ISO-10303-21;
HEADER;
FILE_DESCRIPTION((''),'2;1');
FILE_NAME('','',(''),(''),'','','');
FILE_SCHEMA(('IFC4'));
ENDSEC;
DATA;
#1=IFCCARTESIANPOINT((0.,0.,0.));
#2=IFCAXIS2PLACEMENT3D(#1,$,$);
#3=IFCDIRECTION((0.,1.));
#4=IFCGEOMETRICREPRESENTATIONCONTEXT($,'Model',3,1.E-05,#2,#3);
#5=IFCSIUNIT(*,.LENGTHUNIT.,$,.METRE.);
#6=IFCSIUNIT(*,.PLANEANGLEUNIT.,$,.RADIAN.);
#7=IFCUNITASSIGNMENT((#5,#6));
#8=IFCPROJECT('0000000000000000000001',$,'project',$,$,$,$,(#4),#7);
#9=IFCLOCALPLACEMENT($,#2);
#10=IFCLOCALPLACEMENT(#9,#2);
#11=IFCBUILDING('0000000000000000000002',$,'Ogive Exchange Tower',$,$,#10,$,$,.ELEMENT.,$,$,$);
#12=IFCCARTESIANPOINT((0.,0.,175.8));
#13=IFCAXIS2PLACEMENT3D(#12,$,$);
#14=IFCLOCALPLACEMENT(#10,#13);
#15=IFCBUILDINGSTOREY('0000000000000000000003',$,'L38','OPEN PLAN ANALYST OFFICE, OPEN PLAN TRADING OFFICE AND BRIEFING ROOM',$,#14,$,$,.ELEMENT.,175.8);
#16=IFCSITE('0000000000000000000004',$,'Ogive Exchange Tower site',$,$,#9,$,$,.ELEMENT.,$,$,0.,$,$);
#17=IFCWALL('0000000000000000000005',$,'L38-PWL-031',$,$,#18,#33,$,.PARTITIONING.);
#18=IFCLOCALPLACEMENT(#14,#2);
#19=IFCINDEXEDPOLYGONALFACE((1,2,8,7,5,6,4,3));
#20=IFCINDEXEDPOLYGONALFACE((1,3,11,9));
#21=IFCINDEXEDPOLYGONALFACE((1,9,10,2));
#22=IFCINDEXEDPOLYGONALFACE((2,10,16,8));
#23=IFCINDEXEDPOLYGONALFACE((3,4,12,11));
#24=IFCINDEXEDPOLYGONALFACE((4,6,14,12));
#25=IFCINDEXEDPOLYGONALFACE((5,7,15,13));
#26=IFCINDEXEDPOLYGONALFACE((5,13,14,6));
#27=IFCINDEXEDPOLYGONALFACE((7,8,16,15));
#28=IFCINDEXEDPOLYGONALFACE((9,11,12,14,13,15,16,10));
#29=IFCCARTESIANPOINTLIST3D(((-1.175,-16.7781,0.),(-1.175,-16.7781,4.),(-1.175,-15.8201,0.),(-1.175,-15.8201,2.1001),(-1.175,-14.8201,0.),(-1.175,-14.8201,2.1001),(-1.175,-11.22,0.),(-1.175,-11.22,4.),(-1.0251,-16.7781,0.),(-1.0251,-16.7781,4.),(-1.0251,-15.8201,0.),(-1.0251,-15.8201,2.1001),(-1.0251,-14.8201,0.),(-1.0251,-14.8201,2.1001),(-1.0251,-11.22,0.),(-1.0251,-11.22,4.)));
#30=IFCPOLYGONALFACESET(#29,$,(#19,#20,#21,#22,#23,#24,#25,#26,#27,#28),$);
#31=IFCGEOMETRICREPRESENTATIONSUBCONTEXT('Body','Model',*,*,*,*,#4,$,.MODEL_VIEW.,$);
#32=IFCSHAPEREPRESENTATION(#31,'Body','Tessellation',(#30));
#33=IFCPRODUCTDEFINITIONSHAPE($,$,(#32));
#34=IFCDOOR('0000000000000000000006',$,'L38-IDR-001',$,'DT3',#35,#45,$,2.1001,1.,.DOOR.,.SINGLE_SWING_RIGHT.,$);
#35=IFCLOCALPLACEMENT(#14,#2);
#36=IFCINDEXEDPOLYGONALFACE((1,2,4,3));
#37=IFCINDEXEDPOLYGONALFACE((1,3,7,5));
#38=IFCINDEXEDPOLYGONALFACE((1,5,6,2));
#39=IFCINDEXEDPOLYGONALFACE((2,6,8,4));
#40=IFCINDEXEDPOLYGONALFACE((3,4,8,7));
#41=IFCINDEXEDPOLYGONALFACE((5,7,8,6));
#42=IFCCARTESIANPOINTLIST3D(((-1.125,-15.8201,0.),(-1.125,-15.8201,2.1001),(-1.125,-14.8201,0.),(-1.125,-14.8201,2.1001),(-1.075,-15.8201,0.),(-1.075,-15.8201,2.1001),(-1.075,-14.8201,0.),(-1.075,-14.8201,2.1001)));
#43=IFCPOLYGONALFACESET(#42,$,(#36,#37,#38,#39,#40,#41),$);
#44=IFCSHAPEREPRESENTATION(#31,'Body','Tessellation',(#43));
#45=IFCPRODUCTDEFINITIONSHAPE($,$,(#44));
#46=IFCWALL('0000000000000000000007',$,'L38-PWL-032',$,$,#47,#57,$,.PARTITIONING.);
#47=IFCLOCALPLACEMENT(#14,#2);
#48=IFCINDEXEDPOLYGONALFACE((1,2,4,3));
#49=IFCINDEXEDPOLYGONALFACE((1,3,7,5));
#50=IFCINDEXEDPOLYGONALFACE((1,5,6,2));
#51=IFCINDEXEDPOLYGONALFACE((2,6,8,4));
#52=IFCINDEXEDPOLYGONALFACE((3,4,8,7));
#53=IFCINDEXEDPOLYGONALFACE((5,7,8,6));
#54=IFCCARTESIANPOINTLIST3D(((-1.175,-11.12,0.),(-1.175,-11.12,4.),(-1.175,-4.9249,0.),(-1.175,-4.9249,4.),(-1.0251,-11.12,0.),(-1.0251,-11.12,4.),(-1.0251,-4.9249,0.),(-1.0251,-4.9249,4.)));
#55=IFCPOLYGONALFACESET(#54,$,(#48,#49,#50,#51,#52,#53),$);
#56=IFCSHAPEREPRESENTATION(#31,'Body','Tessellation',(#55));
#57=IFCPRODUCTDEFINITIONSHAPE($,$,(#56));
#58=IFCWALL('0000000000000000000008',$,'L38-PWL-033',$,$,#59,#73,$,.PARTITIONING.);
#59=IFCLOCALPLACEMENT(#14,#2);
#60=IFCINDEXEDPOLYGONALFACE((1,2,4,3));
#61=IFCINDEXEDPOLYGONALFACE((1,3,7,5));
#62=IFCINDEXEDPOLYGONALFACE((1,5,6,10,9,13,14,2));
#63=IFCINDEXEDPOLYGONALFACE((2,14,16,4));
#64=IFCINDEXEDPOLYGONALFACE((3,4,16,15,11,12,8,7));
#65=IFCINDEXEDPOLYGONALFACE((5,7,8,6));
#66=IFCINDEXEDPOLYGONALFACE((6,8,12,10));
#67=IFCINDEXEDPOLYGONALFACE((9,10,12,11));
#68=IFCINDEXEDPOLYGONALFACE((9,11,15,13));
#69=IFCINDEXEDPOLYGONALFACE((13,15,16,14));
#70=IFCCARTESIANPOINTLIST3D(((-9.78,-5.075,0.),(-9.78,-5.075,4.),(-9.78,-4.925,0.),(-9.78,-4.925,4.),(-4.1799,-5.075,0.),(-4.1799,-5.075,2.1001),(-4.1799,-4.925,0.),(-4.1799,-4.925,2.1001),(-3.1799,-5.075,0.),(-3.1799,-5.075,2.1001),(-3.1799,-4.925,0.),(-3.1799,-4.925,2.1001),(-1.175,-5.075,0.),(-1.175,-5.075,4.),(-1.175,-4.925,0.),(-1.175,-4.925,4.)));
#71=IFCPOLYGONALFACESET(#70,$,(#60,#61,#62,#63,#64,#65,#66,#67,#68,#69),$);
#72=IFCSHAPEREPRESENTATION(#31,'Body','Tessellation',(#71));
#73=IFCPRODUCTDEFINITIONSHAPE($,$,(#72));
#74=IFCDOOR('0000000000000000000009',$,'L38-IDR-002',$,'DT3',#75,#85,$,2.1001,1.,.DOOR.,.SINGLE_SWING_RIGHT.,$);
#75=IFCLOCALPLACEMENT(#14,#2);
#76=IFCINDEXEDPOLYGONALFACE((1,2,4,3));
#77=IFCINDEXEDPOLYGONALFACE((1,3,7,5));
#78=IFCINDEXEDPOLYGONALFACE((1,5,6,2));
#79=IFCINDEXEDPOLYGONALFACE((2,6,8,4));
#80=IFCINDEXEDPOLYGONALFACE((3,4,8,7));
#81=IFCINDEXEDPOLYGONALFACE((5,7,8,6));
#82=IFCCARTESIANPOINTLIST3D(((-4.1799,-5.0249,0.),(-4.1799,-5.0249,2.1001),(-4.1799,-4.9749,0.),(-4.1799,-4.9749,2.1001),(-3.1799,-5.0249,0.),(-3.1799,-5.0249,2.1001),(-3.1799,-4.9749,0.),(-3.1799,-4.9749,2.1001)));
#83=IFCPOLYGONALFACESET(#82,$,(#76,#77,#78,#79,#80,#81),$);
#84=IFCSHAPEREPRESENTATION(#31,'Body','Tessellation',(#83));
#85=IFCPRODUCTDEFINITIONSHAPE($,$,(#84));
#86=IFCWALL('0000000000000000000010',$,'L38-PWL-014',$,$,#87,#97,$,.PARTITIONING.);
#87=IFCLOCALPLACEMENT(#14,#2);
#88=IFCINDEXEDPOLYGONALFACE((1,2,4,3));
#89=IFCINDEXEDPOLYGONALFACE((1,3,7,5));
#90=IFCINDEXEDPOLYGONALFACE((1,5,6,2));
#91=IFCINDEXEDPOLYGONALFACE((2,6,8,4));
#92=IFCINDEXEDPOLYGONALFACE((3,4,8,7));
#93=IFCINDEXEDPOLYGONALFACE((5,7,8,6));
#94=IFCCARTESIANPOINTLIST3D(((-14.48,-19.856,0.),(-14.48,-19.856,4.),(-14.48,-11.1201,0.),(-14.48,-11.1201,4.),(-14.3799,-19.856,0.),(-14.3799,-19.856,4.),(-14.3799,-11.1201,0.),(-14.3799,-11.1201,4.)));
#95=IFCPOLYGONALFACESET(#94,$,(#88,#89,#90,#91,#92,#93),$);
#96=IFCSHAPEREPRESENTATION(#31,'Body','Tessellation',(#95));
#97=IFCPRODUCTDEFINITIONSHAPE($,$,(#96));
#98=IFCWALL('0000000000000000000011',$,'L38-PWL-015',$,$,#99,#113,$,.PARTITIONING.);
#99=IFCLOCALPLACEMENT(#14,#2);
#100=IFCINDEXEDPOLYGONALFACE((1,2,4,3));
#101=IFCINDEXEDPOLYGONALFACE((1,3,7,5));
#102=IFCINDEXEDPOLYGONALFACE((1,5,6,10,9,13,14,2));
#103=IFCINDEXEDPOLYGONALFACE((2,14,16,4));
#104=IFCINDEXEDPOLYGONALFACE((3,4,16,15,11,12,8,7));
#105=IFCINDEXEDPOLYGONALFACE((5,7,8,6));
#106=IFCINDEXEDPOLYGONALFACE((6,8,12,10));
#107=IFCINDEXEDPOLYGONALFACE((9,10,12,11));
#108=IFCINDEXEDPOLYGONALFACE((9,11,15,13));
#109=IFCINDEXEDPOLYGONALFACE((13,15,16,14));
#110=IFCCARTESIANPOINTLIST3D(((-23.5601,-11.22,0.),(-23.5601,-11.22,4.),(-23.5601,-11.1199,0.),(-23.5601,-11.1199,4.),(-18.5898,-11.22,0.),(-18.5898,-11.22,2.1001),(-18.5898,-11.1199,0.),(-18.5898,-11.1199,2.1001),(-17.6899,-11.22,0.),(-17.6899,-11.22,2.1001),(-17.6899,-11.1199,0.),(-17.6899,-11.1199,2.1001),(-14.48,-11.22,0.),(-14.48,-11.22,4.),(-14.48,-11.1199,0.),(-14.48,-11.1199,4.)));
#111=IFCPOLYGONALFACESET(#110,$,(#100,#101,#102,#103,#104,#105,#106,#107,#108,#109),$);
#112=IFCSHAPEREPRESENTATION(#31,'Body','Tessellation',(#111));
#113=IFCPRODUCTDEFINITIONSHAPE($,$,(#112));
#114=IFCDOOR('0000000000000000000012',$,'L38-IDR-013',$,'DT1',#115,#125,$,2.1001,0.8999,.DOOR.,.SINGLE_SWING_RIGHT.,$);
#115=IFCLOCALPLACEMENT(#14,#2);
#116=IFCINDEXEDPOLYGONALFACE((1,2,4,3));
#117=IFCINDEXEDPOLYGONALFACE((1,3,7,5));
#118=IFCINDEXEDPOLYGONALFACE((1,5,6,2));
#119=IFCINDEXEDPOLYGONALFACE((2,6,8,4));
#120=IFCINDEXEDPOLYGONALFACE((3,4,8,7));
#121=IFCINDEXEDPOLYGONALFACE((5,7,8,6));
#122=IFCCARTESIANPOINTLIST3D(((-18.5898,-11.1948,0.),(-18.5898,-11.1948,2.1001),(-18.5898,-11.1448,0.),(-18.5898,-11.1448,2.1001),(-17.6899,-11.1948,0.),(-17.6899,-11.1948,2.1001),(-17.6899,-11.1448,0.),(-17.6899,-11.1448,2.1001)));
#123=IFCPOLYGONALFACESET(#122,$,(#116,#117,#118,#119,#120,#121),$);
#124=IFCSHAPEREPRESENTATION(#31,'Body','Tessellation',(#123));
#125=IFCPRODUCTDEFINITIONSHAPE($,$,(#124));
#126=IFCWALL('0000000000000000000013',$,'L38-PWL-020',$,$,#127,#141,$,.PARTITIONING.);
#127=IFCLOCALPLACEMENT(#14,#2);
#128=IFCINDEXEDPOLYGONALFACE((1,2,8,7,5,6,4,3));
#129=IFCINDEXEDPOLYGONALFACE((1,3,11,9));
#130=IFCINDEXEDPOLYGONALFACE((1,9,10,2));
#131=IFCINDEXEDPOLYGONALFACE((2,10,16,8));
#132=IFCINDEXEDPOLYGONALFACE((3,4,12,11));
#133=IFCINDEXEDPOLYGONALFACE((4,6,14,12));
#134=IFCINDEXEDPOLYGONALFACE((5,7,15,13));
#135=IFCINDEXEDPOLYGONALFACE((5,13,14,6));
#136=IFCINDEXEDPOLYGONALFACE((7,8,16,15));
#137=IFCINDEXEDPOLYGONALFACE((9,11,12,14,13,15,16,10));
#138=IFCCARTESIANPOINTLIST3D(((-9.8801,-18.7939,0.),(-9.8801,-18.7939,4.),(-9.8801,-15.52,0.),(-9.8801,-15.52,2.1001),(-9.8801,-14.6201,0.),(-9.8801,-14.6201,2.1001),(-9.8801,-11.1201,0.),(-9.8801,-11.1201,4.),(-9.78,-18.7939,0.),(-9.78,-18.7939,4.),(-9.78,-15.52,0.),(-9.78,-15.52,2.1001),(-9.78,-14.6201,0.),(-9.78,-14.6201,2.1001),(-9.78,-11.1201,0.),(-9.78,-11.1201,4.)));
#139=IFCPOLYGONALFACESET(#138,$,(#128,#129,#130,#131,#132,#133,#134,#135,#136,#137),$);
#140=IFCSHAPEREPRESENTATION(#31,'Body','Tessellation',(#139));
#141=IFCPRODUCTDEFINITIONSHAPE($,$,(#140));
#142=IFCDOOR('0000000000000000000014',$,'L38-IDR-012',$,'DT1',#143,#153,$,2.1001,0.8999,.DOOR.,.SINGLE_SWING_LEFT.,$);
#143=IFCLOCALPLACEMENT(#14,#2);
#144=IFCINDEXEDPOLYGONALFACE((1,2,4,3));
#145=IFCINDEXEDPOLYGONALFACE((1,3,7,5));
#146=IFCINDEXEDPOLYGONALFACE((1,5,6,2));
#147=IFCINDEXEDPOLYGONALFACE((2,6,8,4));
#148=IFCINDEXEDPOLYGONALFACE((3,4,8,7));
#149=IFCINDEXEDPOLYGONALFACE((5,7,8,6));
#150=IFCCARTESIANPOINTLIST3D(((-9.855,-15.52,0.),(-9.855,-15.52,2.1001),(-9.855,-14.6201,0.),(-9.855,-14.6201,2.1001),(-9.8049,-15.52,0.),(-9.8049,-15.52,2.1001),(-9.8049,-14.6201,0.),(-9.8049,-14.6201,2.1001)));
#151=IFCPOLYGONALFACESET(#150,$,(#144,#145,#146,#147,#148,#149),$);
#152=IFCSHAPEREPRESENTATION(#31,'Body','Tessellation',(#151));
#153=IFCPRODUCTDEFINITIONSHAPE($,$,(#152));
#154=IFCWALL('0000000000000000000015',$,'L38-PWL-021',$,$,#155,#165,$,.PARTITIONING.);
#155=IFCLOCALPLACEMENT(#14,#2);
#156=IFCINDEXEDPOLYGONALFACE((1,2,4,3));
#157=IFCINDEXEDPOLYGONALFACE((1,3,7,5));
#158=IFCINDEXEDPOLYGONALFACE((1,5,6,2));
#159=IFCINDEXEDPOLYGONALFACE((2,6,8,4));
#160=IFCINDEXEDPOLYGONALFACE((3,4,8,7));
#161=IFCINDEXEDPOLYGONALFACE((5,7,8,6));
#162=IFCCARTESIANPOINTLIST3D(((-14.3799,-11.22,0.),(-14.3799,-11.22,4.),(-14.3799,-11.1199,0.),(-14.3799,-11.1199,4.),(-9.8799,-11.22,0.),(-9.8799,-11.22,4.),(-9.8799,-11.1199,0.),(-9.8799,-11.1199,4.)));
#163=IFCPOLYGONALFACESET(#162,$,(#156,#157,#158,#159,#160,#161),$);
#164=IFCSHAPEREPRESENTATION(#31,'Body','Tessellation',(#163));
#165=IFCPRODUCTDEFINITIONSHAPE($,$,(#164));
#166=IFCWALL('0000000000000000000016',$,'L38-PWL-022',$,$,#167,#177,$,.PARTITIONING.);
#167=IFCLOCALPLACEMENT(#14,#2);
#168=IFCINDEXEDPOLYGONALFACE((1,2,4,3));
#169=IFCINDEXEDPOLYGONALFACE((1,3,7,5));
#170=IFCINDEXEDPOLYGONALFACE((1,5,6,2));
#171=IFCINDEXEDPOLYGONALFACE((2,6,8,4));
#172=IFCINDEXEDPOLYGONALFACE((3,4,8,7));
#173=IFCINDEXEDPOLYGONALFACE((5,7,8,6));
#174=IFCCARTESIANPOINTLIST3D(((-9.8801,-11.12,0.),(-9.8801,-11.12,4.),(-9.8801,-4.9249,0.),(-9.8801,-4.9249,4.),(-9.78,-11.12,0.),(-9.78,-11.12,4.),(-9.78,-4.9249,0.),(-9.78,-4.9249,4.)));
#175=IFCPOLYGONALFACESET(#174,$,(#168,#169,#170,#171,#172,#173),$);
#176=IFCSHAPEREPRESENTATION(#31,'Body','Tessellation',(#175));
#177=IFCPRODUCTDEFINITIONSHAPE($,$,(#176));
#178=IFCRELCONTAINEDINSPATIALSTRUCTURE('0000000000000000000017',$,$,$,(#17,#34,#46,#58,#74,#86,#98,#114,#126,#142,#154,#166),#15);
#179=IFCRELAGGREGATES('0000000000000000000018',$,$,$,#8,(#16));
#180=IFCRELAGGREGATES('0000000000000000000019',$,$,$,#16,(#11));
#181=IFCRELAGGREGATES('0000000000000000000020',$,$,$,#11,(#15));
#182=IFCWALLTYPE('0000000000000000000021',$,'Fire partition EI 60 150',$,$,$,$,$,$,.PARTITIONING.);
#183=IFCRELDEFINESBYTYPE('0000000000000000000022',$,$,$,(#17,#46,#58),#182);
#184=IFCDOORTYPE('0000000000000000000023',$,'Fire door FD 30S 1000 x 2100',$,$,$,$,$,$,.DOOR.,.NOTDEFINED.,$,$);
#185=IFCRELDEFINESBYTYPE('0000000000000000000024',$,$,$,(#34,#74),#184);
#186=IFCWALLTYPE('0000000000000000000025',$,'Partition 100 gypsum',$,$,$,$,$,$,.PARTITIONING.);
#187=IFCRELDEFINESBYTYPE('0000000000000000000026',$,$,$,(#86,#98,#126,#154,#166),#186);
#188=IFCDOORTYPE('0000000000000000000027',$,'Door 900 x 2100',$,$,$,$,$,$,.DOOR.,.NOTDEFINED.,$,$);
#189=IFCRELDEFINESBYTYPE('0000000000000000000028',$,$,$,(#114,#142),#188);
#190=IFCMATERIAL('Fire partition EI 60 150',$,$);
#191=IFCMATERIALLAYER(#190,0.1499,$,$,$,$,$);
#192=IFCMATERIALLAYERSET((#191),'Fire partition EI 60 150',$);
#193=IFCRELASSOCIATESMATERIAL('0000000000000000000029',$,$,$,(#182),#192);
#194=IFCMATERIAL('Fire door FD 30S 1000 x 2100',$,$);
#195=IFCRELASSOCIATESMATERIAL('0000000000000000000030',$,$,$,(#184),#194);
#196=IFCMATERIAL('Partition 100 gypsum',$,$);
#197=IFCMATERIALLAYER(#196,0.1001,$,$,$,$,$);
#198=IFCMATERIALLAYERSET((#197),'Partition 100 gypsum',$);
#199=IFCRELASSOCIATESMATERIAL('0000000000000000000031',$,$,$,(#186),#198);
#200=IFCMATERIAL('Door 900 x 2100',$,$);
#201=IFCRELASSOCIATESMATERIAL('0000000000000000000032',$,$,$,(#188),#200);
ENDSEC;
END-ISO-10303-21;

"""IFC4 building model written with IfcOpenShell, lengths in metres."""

from ifc_helpers import new_model, si_unit, direction, frame, frame_2d, origin, place, context, subcontext, project, spatial, rectangle, extrude, material, layer, layer_set, type_object, element, fill, save


model = new_model("IFC4")

# Units and contexts
model_context = context("Model", 3, precision=1e-05, world=origin(), true_north=direction((0.0, 1.0)))
body_context = subcontext(model_context, "Body", "Model", "MODEL_VIEW")
ifc_project = project(units=[si_unit("LENGTHUNIT", "METRE"), si_unit("PLANEANGLEUNIT", "RADIAN")], contexts=[model_context])

# Site, building, storey
site_placement = place(None, origin())
site = spatial("IfcSite", under=ifc_project, at=site_placement, Name="Ogive Exchange Tower site", CompositionType="ELEMENT", RefElevation=0.0)
building_placement = place(site_placement, origin())
building = spatial("IfcBuilding", under=site, at=building_placement, Name="Ogive Exchange Tower", CompositionType="ELEMENT")
storey_placement = place(building_placement, frame((0.0, 0.0, 175.8)))
storey = spatial("IfcBuildingStorey", under=building, at=storey_placement, Name="L38", Description="OPEN PLAN ANALYST OFFICE, OPEN PLAN TRADING OFFICE AND BRIEFING ROOM", CompositionType="ELEMENT", Elevation=175.8)

# Wall, opening, door
ifc_material_1 = material(Name="Fire partition EI 60 150")
ifc_layer_1 = layer(ifc_material_1, 0.1499)
ifc_layer_set_1 = layer_set([ifc_layer_1], Name="Fire partition EI 60 150")
wall_type_1 = type_object("IfcWallType", Name="Fire partition EI 60 150", PredefinedType="PARTITIONING", material=ifc_layer_set_1)
ifc_material_2 = material(Name="Fire door FD 30S 1000 x 2100")
door_type_1 = type_object("IfcDoorType", Name="Fire door FD 30S 1000 x 2100", OperationType="NOTDEFINED", PredefinedType="DOOR", material=ifc_material_2)
wall_1_placement = place(storey_placement, frame((-1.1001, -16.7781, 0.0), z_axis=(0.0, 0.0, 1.0), x_axis=(0.0, 1.0, 0.0)))
wall_1 = element("IfcWall", 1, at=wall_1_placement, inside=storey, type_object=wall_type_1, Name="L38-PWL-031", PredefinedType="PARTITIONING", context=body_context, shape_type="SweptSolid", body=[
    extrude(rectangle(XDim=5.5581, YDim=0.1499, at=frame_2d((2.7791, 0.0))), origin(), (0.0, 0.0, 1.0), 4.0),
])
opening_1_placement = place(wall_1_placement, frame((0.958, 0.0, 0.0)))
opening_1 = element("IfcOpeningElement", 2, at=opening_1_placement, cuts=wall_1, PredefinedType="OPENING", context=body_context, shape_type="SweptSolid", body=[
    extrude(rectangle(XDim=1.0, YDim=2.1001, at=frame_2d((0.5, 1.05))), frame((0.0, 0.085, 0.0), z_axis=(0.0, -1.0, 0.0), x_axis=(1.0, 0.0, 0.0)), (0.0, 0.0, 1.0), 0.1699),
])
door_1_placement = place(opening_1_placement, origin())
door_1 = element("IfcDoor", 3, at=door_1_placement, inside=storey, type_object=door_type_1, Name="L38-IDR-001", ObjectType="DT3", OperationType="SINGLE_SWING_RIGHT", OverallHeight=2.1001, OverallWidth=1.0, PredefinedType="DOOR", context=body_context, shape_type="SweptSolid", body=[
    extrude(rectangle(XDim=1.0, YDim=2.1001, at=frame_2d((0.5, 1.05))), frame((0.0, 0.0249, 0.0), z_axis=(0.0, -1.0, 0.0), x_axis=(1.0, 0.0, 0.0)), (0.0, 0.0, 1.0), 0.05),
])
fill(opening_1, door_1)

# Wall
wall_2_placement = place(storey_placement, frame((-1.1001, -11.1201, 0.0), z_axis=(0.0, 0.0, 1.0), x_axis=(0.0, 1.0, 0.0)))
element("IfcWall", 4, at=wall_2_placement, inside=storey, type_object=wall_type_1, Name="L38-PWL-032", PredefinedType="PARTITIONING", context=body_context, shape_type="SweptSolid", body=[
    extrude(rectangle(XDim=6.1951, YDim=0.1499, at=frame_2d((3.0977, 0.0))), origin(), (0.0, 0.0, 1.0), 4.0),
])

# Wall, opening, door
wall_3_placement = place(storey_placement, frame((-1.175, -5.0, 0.0), z_axis=(0.0, 0.0, 1.0), x_axis=(-1.0, 0.0, 0.0)))
wall_3 = element("IfcWall", 5, at=wall_3_placement, inside=storey, type_object=wall_type_1, Name="L38-PWL-033", PredefinedType="PARTITIONING", context=body_context, shape_type="SweptSolid", body=[
    extrude(rectangle(XDim=8.605, YDim=0.1499, at=frame_2d((4.3025, 0.0))), origin(), (0.0, 0.0, 1.0), 4.0),
])
opening_2_placement = place(wall_3_placement, frame((2.0049, 0.0, 0.0)))
opening_2 = element("IfcOpeningElement", 6, at=opening_2_placement, cuts=wall_3, PredefinedType="OPENING", context=body_context, shape_type="SweptSolid", body=[
    extrude(rectangle(XDim=1.0, YDim=2.1001, at=frame_2d((0.5, 1.05))), frame((0.0, 0.085, 0.0), z_axis=(0.0, -1.0, 0.0), x_axis=(1.0, 0.0, 0.0)), (0.0, 0.0, 1.0), 0.1699),
])
door_2_placement = place(opening_2_placement, origin())
door_2 = element("IfcDoor", 7, at=door_2_placement, inside=storey, type_object=door_type_1, Name="L38-IDR-002", ObjectType="DT3", OperationType="SINGLE_SWING_RIGHT", OverallHeight=2.1001, OverallWidth=1.0, PredefinedType="DOOR", context=body_context, shape_type="SweptSolid", body=[
    extrude(rectangle(XDim=1.0, YDim=2.1001, at=frame_2d((0.5, 1.05))), frame((0.0, 0.0249, 0.0), z_axis=(0.0, -1.0, 0.0), x_axis=(1.0, 0.0, 0.0)), (0.0, 0.0, 1.0), 0.05),
])
fill(opening_2, door_2)

# Wall
ifc_material_3 = material(Name="Partition 100 gypsum")
ifc_layer_2 = layer(ifc_material_3, 0.1001)
ifc_layer_set_2 = layer_set([ifc_layer_2], Name="Partition 100 gypsum")
wall_type_2 = type_object("IfcWallType", Name="Partition 100 gypsum", PredefinedType="PARTITIONING", material=ifc_layer_set_2)
wall_4_placement = place(storey_placement, frame((-14.4299, -19.856, 0.0), z_axis=(0.0, 0.0, 1.0), x_axis=(0.0, 1.0, 0.0)))
element("IfcWall", 8, at=wall_4_placement, inside=storey, type_object=wall_type_2, Name="L38-PWL-014", PredefinedType="PARTITIONING", context=body_context, shape_type="SweptSolid", body=[
    extrude(rectangle(XDim=8.7358, YDim=0.1001, at=frame_2d((4.3679, 0.0))), origin(), (0.0, 0.0, 1.0), 4.0),
])

# Walls, openings, doors
wall_5_placement = place(storey_placement, frame((-14.48, -11.1699, 0.0), z_axis=(0.0, 0.0, 1.0), x_axis=(-1.0, 0.0, 0.0)))
wall_5 = element("IfcWall", 9, at=wall_5_placement, inside=storey, type_object=wall_type_2, Name="L38-PWL-015", PredefinedType="PARTITIONING", context=body_context, shape_type="SweptSolid", body=[
    extrude(rectangle(XDim=9.0801, YDim=0.1001, at=frame_2d((4.54, 0.0))), origin(), (0.0, 0.0, 1.0), 4.0),
])
opening_3_placement = place(wall_5_placement, frame((3.21, 0.0, 0.0)))
opening_3 = element("IfcOpeningElement", 10, at=opening_3_placement, cuts=wall_5, PredefinedType="OPENING", context=body_context, shape_type="SweptSolid", body=[
    extrude(rectangle(XDim=0.8999, YDim=2.1001, at=frame_2d((0.45, 1.05))), frame((0.0, 0.0601, 0.0), z_axis=(0.0, -1.0, 0.0), x_axis=(1.0, 0.0, 0.0)), (0.0, 0.0, 1.0), 0.1201),
])
ifc_material_4 = material(Name="Door 900 x 2100")
door_type_2 = type_object("IfcDoorType", Name="Door 900 x 2100", OperationType="NOTDEFINED", PredefinedType="DOOR", material=ifc_material_4)
door_3_placement = place(opening_3_placement, origin())
door_3 = element("IfcDoor", 11, at=door_3_placement, inside=storey, type_object=door_type_2, Name="L38-IDR-013", ObjectType="DT1", OperationType="SINGLE_SWING_RIGHT", OverallHeight=2.1001, OverallWidth=0.8999, PredefinedType="DOOR", context=body_context, shape_type="SweptSolid", body=[
    extrude(rectangle(XDim=0.8999, YDim=2.1001, at=frame_2d((0.45, 1.05))), frame((0.0, 0.0249, 0.0), z_axis=(0.0, -1.0, 0.0), x_axis=(1.0, 0.0, 0.0)), (0.0, 0.0, 1.0), 0.05),
])
fill(opening_3, door_3)
wall_6_placement = place(storey_placement, frame((-9.8301, -18.7939, 0.0), z_axis=(0.0, 0.0, 1.0), x_axis=(0.0, 1.0, 0.0)))
wall_6 = element("IfcWall", 12, at=wall_6_placement, inside=storey, type_object=wall_type_2, Name="L38-PWL-020", PredefinedType="PARTITIONING", context=body_context, shape_type="SweptSolid", body=[
    extrude(rectangle(XDim=7.6738, YDim=0.1001, at=frame_2d((3.8369, 0.0))), origin(), (0.0, 0.0, 1.0), 4.0),
])
opening_4_placement = place(wall_6_placement, frame((3.2739, 0.0, 0.0)))
opening_4 = element("IfcOpeningElement", 13, at=opening_4_placement, cuts=wall_6, PredefinedType="OPENING", context=body_context, shape_type="SweptSolid", body=[
    extrude(rectangle(XDim=0.8999, YDim=2.1001, at=frame_2d((0.45, 1.05))), frame((0.0, 0.0601, 0.0), z_axis=(0.0, -1.0, 0.0), x_axis=(1.0, 0.0, 0.0)), (0.0, 0.0, 1.0), 0.1201),
])
door_4_placement = place(opening_4_placement, origin())
door_4 = element("IfcDoor", 14, at=door_4_placement, inside=storey, type_object=door_type_2, Name="L38-IDR-012", ObjectType="DT1", OperationType="SINGLE_SWING_LEFT", OverallHeight=2.1001, OverallWidth=0.8999, PredefinedType="DOOR", context=body_context, shape_type="SweptSolid", body=[
    extrude(rectangle(XDim=0.8999, YDim=2.1001, at=frame_2d((0.45, 1.05))), frame((0.0, 0.0249, 0.0), z_axis=(0.0, -1.0, 0.0), x_axis=(1.0, 0.0, 0.0)), (0.0, 0.0, 1.0), 0.05),
])
fill(opening_4, door_4)

# Walls
wall_7_placement = place(storey_placement, frame((-9.8799, -11.1699, 0.0), z_axis=(0.0, 0.0, 1.0), x_axis=(-1.0, 0.0, 0.0)))
element("IfcWall", 15, at=wall_7_placement, inside=storey, type_object=wall_type_2, Name="L38-PWL-021", PredefinedType="PARTITIONING", context=body_context, shape_type="SweptSolid", body=[
    extrude(rectangle(XDim=4.5, YDim=0.1001, at=frame_2d((2.25, 0.0))), origin(), (0.0, 0.0, 1.0), 4.0),
])
wall_8_placement = place(storey_placement, frame((-9.8301, -11.1201, 0.0), z_axis=(0.0, 0.0, 1.0), x_axis=(0.0, 1.0, 0.0)))
element("IfcWall", 16, at=wall_8_placement, inside=storey, type_object=wall_type_2, Name="L38-PWL-022", PredefinedType="PARTITIONING", context=body_context, shape_type="SweptSolid", body=[
    extrude(rectangle(XDim=6.1951, YDim=0.1001, at=frame_2d((3.0977, 0.0))), origin(), (0.0, 0.0, 1.0), 4.0),
])

save(model, "model.ifc")
